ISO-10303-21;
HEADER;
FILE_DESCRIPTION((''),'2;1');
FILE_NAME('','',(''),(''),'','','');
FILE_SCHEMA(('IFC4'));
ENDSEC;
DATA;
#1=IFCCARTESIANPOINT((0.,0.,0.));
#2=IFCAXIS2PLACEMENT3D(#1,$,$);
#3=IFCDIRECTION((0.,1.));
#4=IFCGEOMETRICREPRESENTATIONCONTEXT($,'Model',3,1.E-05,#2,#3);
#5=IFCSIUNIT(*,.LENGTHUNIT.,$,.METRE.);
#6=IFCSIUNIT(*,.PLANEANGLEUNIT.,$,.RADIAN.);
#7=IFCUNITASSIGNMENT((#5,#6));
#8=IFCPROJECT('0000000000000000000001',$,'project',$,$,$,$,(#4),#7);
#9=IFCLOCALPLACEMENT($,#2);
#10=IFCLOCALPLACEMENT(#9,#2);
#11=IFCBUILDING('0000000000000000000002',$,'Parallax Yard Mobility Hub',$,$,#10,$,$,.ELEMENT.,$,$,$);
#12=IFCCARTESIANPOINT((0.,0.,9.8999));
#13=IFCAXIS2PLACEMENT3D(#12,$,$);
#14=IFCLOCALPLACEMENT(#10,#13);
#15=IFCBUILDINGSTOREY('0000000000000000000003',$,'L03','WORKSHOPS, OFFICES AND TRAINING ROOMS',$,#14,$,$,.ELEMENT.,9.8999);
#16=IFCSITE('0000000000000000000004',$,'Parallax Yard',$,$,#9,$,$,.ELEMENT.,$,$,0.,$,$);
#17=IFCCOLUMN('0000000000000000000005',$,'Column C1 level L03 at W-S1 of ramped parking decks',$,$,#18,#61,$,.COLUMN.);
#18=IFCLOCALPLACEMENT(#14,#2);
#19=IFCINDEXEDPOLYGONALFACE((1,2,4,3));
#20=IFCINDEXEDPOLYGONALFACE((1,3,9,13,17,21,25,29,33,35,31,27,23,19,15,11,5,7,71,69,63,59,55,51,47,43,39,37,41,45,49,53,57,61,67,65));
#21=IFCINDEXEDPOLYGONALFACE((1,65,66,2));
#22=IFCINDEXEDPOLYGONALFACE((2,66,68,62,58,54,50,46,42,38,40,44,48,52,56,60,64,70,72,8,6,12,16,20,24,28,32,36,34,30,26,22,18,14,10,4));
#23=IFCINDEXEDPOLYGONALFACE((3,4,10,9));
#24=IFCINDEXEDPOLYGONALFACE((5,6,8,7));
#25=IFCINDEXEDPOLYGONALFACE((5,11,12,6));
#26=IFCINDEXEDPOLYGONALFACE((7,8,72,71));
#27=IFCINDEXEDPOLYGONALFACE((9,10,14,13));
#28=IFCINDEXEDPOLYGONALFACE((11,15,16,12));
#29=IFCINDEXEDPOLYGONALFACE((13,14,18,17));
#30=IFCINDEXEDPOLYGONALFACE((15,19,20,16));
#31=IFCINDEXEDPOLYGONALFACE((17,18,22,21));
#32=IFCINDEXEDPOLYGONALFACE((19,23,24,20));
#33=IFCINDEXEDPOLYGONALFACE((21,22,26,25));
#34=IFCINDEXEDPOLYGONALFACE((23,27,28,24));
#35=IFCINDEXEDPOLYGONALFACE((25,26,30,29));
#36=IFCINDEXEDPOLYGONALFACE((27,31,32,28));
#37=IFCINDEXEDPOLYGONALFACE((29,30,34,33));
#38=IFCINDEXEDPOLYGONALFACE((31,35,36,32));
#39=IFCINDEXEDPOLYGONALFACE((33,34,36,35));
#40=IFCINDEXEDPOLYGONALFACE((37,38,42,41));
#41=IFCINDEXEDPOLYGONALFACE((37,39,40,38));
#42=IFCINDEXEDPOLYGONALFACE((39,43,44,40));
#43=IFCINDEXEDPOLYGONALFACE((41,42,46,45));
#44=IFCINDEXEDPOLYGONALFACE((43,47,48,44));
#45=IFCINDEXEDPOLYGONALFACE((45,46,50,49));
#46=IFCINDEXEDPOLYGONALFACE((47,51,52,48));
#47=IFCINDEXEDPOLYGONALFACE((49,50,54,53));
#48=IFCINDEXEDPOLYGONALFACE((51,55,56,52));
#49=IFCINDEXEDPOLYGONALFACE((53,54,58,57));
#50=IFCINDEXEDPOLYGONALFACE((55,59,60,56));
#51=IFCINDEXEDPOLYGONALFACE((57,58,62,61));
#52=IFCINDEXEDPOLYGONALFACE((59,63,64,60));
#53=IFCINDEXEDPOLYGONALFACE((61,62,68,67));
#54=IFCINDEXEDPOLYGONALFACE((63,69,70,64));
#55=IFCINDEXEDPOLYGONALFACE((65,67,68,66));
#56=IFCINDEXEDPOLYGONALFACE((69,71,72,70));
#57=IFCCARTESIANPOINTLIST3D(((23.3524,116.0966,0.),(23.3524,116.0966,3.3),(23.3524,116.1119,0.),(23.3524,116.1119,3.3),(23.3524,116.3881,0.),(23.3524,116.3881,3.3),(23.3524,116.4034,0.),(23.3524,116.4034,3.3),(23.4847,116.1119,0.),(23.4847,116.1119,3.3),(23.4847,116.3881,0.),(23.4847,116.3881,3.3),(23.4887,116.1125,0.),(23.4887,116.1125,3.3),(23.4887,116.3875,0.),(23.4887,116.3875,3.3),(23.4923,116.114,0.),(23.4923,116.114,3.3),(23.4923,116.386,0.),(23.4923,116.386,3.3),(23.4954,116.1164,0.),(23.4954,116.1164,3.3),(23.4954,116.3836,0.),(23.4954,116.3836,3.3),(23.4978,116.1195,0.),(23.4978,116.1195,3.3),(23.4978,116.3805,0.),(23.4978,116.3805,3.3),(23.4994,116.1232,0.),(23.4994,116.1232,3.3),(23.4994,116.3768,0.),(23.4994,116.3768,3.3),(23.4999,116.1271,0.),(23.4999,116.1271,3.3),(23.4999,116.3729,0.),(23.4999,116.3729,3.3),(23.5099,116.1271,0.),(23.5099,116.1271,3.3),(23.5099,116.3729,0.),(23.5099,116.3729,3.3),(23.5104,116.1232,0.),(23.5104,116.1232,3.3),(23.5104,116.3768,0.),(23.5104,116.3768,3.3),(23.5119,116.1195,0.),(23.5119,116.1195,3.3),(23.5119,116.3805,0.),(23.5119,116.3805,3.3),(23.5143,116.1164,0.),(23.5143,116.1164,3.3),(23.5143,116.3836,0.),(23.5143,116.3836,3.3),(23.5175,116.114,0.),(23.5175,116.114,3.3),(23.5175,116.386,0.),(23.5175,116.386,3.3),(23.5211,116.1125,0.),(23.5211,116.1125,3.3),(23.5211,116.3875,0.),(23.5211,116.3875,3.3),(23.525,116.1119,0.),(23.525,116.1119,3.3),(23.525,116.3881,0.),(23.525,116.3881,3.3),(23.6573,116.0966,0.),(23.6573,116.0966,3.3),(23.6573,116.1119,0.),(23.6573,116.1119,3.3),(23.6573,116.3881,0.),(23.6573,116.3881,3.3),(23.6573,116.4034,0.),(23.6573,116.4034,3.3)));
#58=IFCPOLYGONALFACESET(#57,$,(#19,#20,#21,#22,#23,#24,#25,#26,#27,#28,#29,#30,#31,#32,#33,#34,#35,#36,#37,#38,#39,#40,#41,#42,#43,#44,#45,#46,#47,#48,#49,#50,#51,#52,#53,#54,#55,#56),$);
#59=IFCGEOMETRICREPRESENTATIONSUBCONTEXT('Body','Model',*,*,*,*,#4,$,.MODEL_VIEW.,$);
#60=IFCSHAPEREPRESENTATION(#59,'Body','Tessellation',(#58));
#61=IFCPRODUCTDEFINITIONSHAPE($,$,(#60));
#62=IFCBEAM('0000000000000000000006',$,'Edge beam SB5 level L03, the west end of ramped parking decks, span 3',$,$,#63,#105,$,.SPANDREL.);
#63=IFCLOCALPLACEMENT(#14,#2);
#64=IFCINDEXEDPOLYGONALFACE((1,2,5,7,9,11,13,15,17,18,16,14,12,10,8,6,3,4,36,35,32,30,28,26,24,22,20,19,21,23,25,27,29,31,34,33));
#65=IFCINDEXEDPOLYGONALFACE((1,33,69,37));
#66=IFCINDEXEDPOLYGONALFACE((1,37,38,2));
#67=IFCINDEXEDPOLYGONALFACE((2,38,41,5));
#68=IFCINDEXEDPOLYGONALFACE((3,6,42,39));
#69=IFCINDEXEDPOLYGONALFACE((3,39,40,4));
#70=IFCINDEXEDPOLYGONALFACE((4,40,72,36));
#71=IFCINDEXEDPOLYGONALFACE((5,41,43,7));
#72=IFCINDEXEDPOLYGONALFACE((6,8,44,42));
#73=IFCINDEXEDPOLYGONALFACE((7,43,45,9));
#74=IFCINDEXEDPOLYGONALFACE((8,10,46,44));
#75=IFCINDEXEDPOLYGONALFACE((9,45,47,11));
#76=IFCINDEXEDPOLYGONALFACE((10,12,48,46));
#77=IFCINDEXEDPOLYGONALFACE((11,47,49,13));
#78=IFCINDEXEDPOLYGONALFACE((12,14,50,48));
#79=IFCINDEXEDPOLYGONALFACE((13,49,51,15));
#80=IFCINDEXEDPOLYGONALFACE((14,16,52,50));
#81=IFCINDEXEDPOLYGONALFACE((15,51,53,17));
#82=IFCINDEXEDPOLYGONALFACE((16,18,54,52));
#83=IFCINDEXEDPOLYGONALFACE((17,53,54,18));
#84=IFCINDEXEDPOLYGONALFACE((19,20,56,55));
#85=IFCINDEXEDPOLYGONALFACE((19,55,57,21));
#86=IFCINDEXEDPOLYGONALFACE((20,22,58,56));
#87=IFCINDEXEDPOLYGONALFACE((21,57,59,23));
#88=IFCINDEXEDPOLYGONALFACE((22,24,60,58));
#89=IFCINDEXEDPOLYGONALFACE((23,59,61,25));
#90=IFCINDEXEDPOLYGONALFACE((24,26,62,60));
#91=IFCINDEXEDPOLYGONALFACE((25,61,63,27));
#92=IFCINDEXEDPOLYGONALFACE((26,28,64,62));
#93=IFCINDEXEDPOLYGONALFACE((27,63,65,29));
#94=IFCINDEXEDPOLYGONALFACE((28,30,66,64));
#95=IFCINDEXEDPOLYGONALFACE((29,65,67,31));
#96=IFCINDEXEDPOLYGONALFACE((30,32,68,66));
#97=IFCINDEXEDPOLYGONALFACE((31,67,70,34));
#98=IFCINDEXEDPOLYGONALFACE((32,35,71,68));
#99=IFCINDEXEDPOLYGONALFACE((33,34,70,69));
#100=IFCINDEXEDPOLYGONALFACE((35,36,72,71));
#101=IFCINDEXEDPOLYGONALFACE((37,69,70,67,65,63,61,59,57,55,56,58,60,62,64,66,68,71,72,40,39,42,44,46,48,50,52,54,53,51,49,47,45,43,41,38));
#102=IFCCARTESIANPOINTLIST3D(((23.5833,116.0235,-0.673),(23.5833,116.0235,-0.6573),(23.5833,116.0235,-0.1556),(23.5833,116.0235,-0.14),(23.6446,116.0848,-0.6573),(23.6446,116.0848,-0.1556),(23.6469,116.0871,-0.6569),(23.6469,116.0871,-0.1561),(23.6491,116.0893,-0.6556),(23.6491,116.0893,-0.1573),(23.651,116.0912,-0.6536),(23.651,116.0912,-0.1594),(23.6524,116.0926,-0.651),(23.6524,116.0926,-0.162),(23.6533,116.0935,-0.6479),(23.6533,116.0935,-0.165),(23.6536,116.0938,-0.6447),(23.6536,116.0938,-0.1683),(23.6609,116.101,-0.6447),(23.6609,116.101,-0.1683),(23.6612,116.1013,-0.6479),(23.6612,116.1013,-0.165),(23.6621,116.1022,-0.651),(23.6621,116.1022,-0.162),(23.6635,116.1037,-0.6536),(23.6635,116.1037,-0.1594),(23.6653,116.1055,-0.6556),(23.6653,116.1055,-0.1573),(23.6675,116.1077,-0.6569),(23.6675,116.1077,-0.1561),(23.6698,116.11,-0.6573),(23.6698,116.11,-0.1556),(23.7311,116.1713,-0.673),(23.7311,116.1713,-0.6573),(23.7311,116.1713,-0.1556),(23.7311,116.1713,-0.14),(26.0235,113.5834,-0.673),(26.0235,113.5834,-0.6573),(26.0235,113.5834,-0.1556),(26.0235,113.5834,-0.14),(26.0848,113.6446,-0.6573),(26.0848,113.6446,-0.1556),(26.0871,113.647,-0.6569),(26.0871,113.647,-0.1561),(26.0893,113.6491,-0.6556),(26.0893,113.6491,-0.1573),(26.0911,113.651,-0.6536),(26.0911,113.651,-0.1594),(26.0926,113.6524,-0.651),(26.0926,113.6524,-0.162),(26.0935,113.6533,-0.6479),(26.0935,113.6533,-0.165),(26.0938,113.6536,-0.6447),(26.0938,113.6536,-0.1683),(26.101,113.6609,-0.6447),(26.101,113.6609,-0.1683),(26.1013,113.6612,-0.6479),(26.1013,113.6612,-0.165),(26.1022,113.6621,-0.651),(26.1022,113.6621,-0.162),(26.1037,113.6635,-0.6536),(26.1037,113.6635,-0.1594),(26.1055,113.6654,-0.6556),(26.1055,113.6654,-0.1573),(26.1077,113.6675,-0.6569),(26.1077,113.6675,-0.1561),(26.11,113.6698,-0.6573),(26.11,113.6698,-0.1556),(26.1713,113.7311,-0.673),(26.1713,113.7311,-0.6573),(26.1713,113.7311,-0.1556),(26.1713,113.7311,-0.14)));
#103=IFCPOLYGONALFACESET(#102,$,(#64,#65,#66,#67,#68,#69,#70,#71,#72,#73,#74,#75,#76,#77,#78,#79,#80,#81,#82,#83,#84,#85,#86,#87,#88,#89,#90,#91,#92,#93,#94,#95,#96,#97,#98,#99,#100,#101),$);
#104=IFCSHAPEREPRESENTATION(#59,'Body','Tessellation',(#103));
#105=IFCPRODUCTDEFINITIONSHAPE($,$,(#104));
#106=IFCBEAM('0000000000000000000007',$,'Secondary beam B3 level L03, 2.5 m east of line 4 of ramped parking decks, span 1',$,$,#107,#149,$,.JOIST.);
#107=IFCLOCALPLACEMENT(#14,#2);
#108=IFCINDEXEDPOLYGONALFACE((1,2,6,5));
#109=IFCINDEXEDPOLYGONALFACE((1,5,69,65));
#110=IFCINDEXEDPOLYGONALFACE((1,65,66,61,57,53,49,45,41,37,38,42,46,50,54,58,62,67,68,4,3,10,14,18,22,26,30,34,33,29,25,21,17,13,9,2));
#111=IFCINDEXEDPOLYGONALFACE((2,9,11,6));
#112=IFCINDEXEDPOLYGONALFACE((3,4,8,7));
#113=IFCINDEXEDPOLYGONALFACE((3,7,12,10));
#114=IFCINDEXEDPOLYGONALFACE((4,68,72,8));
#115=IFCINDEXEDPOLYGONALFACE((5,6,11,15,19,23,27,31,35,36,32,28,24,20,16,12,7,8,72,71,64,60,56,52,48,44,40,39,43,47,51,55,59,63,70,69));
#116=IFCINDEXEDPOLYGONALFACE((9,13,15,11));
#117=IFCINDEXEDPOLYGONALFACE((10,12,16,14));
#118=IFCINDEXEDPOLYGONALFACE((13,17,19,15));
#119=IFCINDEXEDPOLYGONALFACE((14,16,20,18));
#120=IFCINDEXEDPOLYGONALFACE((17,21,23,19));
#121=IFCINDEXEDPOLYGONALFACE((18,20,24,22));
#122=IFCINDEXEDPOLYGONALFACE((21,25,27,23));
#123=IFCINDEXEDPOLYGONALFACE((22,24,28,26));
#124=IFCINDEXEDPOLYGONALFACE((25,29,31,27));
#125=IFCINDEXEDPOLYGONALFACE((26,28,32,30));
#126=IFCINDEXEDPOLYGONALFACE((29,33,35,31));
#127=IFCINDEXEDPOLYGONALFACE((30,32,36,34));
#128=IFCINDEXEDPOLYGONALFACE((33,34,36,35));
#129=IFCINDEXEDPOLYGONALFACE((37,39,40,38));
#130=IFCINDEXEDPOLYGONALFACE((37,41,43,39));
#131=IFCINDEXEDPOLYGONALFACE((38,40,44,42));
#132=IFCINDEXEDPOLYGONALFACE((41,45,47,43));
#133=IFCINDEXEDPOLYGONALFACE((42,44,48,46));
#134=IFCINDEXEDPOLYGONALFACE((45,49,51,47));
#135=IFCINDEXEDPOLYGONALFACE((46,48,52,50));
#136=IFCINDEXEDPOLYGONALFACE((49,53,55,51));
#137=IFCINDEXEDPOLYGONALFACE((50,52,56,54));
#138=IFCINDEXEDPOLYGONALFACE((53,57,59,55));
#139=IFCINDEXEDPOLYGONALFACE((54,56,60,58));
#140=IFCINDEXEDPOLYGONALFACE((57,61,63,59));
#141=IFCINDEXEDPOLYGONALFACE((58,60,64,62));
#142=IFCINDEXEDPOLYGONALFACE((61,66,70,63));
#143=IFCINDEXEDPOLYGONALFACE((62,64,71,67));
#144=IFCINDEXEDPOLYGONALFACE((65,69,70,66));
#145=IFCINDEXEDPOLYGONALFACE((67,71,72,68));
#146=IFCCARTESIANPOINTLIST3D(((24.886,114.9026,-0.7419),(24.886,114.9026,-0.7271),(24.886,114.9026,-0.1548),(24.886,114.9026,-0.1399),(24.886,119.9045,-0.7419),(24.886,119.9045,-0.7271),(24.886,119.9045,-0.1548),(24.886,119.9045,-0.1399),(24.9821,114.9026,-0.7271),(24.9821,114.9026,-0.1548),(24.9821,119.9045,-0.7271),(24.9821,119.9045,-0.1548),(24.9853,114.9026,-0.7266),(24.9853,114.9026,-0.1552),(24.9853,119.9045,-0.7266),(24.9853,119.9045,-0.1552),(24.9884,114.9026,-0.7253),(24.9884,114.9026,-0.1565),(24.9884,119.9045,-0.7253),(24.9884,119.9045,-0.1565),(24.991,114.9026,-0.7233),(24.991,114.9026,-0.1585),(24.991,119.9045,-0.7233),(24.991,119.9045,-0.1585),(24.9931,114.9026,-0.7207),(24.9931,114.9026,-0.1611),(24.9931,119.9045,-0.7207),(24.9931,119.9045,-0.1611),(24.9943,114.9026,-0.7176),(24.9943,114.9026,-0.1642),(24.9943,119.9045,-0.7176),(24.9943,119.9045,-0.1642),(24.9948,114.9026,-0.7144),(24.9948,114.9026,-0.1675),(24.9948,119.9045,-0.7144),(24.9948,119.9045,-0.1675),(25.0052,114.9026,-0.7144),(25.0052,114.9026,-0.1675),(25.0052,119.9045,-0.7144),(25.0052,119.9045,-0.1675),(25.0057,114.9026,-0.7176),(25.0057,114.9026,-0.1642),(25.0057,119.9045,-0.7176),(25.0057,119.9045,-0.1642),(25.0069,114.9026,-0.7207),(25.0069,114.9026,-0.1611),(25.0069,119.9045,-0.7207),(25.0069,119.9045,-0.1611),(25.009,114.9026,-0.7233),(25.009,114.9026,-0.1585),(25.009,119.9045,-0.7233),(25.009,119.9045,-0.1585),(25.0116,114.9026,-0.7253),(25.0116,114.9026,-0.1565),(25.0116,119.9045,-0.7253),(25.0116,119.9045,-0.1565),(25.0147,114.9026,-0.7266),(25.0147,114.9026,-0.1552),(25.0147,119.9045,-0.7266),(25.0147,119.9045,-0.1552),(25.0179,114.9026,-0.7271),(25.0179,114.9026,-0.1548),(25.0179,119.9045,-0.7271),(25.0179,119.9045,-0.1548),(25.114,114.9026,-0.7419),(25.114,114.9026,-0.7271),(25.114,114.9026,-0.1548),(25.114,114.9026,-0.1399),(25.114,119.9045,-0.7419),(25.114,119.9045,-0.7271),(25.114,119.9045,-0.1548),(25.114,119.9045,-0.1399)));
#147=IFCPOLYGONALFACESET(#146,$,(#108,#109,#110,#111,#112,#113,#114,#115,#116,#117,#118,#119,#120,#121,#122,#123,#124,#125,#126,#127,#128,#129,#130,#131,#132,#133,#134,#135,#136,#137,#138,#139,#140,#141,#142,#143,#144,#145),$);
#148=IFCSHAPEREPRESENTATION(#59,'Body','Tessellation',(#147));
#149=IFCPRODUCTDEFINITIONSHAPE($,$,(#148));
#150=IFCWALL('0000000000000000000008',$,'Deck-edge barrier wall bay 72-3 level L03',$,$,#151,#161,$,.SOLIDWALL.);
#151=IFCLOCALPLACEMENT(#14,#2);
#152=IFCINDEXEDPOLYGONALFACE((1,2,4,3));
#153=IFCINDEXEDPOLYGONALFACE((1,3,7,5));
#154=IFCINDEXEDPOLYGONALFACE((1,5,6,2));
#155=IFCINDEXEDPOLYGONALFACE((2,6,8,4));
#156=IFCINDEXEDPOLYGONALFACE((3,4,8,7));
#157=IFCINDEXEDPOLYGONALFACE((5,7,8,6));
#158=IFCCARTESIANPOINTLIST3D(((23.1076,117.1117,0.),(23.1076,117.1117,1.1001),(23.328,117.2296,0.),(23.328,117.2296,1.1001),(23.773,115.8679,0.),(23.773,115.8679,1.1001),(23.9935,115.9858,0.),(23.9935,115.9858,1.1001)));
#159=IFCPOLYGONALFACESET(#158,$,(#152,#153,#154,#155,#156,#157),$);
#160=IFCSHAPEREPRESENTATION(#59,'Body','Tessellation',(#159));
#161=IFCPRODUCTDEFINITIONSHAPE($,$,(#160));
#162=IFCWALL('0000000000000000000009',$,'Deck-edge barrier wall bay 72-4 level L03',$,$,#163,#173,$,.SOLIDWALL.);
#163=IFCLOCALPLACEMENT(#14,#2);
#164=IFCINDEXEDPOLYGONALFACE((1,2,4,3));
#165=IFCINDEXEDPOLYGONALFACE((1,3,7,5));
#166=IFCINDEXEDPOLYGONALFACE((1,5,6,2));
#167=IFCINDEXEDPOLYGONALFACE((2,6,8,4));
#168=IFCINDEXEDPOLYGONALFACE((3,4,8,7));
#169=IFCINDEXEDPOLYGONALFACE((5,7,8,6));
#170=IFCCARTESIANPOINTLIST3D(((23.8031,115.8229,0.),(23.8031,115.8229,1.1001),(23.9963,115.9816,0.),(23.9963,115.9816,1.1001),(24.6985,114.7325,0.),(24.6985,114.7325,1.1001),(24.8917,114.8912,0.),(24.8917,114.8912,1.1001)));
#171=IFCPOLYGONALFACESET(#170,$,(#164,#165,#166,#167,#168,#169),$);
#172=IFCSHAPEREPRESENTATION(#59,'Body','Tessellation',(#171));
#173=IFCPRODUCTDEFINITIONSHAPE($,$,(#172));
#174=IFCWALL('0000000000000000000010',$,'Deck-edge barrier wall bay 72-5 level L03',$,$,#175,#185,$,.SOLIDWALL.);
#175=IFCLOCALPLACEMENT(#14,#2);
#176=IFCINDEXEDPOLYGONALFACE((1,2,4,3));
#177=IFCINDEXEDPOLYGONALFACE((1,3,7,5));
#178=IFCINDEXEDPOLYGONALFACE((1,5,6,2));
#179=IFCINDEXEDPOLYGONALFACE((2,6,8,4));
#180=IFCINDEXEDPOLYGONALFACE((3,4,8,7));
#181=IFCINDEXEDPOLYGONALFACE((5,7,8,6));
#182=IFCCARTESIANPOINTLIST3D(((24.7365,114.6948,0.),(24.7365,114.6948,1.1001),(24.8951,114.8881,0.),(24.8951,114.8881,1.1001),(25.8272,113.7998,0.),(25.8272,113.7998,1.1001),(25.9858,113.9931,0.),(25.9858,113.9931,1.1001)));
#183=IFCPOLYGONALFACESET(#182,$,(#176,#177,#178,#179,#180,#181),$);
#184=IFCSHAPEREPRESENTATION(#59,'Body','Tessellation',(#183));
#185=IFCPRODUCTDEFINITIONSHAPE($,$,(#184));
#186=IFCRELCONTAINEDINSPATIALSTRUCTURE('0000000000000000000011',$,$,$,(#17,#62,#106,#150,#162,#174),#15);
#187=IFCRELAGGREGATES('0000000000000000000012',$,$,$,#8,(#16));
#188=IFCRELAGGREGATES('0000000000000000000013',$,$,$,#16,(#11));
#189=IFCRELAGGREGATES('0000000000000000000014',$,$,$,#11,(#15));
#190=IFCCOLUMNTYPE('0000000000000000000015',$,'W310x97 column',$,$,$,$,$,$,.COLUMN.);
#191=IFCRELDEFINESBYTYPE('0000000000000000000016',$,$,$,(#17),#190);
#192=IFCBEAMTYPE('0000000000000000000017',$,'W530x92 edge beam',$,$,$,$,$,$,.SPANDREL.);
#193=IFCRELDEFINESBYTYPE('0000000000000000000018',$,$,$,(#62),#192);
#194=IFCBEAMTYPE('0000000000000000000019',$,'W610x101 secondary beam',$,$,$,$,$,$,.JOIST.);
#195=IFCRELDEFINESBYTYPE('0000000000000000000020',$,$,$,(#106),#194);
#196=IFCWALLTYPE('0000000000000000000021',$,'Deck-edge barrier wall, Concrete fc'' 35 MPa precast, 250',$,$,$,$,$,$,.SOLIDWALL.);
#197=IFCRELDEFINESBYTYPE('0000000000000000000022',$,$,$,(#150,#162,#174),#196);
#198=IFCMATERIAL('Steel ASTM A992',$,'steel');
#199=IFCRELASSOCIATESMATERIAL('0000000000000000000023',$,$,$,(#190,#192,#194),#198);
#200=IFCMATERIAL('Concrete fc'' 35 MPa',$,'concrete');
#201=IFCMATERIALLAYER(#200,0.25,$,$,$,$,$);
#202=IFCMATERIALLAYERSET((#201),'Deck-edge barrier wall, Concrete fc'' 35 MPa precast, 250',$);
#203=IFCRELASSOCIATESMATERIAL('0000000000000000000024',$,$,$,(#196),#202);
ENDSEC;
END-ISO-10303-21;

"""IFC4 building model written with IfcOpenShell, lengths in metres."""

from ifc_helpers import new_model, si_unit, direction, frame, frame_2d, origin, origin_2d, place, context, subcontext, project, spatial, rectangle, i_section, extrude, material, layer, layer_set, material_profile, profile_set, type_object, element, save


model = new_model("IFC4")

# Units and contexts
model_context = context("Model", 3, precision=1e-05, world=origin(), true_north=direction((0.0, 1.0)))
body_context = subcontext(model_context, "Body", "Model", "MODEL_VIEW")
ifc_project = project(units=[si_unit("LENGTHUNIT", "METRE"), si_unit("PLANEANGLEUNIT", "RADIAN")], contexts=[model_context])

# Site, building, storey
site_placement = place(None, origin())
site = spatial("IfcSite", under=ifc_project, at=site_placement, Name="Parallax Yard", CompositionType="ELEMENT", RefElevation=0.0)
building_placement = place(site_placement, origin())
building = spatial("IfcBuilding", under=site, at=building_placement, Name="Parallax Yard Mobility Hub", CompositionType="ELEMENT")
storey_placement = place(building_placement, frame((0.0, 0.0, 9.8999)))
storey = spatial("IfcBuildingStorey", under=building, at=storey_placement, Name="L03", Description="WORKSHOPS, OFFICES AND TRAINING ROOMS", CompositionType="ELEMENT", Elevation=9.8999)

# Column
ifc_material_1 = material(Name="Steel ASTM A992", Category="steel")
ifc_material_profile_1 = material_profile(ifc_material_1, i_section(OverallWidth=0.3049, OverallDepth=0.3069, WebThickness=0.01, FlangeThickness=0.0154, FilletRadius=0.0151, at=origin_2d()), Name="W310x97")
ifc_profile_set_1 = profile_set([ifc_material_profile_1], Name="Steel ASTM A992")
column_type = type_object("IfcColumnType", Name="W310x97 column", PredefinedType="COLUMN", material=ifc_profile_set_1)
column_placement = place(storey_placement, frame((23.5049, 116.25, 0.0), z_axis=(0.0, 0.0, 1.0), x_axis=(1.0, 0.0, 0.0)))
element("IfcColumn", 1, at=column_placement, inside=storey, type_object=column_type, Name="Column C1 level L03 at W-S1 of ramped parking decks", PredefinedType="COLUMN", context=body_context, shape_type="SweptSolid", body=[
    extrude(i_section(OverallWidth=0.3049, OverallDepth=0.3069, WebThickness=0.01, FlangeThickness=0.0154, FilletRadius=0.0151, at=origin_2d()), origin(), (0.0, 0.0, 1.0), 3.3),
])

# Beams
ifc_material_profile_2 = material_profile(ifc_material_1, i_section(OverallWidth=0.209, OverallDepth=0.533, WebThickness=0.0103, FlangeThickness=0.0156, FilletRadius=0.0127, at=origin_2d()), Name="W530x92")
ifc_profile_set_2 = profile_set([ifc_material_profile_2], Name="Steel ASTM A992")
beam_type_1 = type_object("IfcBeamType", Name="W530x92 edge beam", PredefinedType="SPANDREL", material=ifc_profile_set_2)
beam_1_placement = place(storey_placement, frame((23.6572, 116.0974, -0.4065), z_axis=(0.707107, -0.707107, 0.0), x_axis=(0.707107, 0.707107, 0.0)))
element("IfcBeam", 2, at=beam_1_placement, inside=storey, type_object=beam_type_1, Name="Edge beam SB5 level L03, the west end of ramped parking decks, span 3", PredefinedType="SPANDREL", context=body_context, shape_type="SweptSolid", body=[
    extrude(i_section(OverallWidth=0.209, OverallDepth=0.533, WebThickness=0.0103, FlangeThickness=0.0156, FilletRadius=0.0127, at=origin_2d()), origin(), (0.0, 0.0, 1.0), 3.4509),
])
ifc_material_profile_3 = material_profile(ifc_material_1, i_section(OverallWidth=0.228, OverallDepth=0.6021, WebThickness=0.0105, FlangeThickness=0.0149, FilletRadius=0.0127, at=origin_2d()), Name="W610x101")
ifc_profile_set_3 = profile_set([ifc_material_profile_3], Name="Steel ASTM A992")
beam_type_2 = type_object("IfcBeamType", Name="W610x101 secondary beam", PredefinedType="JOIST", material=ifc_profile_set_3)
beam_2_placement = place(storey_placement, frame((25.0, 114.9026, -0.4409), z_axis=(0.0, 1.0, 0.0), x_axis=(-1.0, 0.0, 0.0)))
element("IfcBeam", 3, at=beam_2_placement, inside=storey, type_object=beam_type_2, Name="Secondary beam B3 level L03, 2.5 m east of line 4 of ramped parking decks, span 1", PredefinedType="JOIST", context=body_context, shape_type="SweptSolid", body=[
    extrude(i_section(OverallWidth=0.228, OverallDepth=0.6021, WebThickness=0.0105, FlangeThickness=0.0149, FilletRadius=0.0127, at=origin_2d()), origin(), (0.0, 0.0, 1.0), 5.002),
])

# Walls
ifc_material_2 = material(Name="Concrete fc' 35 MPa", Category="concrete")
ifc_layer_1 = layer(ifc_material_2, 0.25)
ifc_layer_set_1 = layer_set([ifc_layer_1], Name="Deck-edge barrier wall, Concrete fc' 35 MPa precast, 250")
wall_type = type_object("IfcWallType", Name="Deck-edge barrier wall, Concrete fc' 35 MPa precast, 250", PredefinedType="SOLIDWALL", material=ifc_layer_set_1)
wall_placement = place(storey_placement, frame((23.2178, 117.1707, 0.0), z_axis=(0.0, 0.0, 1.0), x_axis=(0.471756, -0.881729, 0.0)))
element("IfcWall", 4, at=wall_placement, inside=storey, type_object=wall_type, Name="Deck-edge barrier wall bay 72-3 level L03", PredefinedType="SOLIDWALL", context=body_context, shape_type="SweptSolid", body=[
    extrude(rectangle(XDim=1.4106, YDim=0.25, at=frame_2d((0.7053, 0.0))), origin(), (0.0, 0.0, 1.0), 1.1001),
])
for number, where, z_axis, x_axis, name in (
    (5, (23.8997, 115.9023, 0.0), (0.0, 0.0, 1.0), (0.634584, -0.772854, 0.0), "Deck-edge barrier wall bay 72-4 level L03"),
    (6, (24.8157, 114.7915, 0.0), (0.0, 0.0, 1.0), (0.773078, -0.634311, 0.0), "Deck-edge barrier wall bay 72-5 level L03"),
):
    element("IfcWall", number, at=place(storey_placement, frame(where, z_axis=z_axis, x_axis=x_axis)), inside=storey, type_object=wall_type, Name=name, PredefinedType="SOLIDWALL", context=body_context, shape_type="SweptSolid", body=[
        extrude(rectangle(XDim=1.4109, YDim=0.25, at=frame_2d((0.7056, 0.0))), origin(), (0.0, 0.0, 1.0), 1.1001),
    ])

save(model, "model.ifc")
